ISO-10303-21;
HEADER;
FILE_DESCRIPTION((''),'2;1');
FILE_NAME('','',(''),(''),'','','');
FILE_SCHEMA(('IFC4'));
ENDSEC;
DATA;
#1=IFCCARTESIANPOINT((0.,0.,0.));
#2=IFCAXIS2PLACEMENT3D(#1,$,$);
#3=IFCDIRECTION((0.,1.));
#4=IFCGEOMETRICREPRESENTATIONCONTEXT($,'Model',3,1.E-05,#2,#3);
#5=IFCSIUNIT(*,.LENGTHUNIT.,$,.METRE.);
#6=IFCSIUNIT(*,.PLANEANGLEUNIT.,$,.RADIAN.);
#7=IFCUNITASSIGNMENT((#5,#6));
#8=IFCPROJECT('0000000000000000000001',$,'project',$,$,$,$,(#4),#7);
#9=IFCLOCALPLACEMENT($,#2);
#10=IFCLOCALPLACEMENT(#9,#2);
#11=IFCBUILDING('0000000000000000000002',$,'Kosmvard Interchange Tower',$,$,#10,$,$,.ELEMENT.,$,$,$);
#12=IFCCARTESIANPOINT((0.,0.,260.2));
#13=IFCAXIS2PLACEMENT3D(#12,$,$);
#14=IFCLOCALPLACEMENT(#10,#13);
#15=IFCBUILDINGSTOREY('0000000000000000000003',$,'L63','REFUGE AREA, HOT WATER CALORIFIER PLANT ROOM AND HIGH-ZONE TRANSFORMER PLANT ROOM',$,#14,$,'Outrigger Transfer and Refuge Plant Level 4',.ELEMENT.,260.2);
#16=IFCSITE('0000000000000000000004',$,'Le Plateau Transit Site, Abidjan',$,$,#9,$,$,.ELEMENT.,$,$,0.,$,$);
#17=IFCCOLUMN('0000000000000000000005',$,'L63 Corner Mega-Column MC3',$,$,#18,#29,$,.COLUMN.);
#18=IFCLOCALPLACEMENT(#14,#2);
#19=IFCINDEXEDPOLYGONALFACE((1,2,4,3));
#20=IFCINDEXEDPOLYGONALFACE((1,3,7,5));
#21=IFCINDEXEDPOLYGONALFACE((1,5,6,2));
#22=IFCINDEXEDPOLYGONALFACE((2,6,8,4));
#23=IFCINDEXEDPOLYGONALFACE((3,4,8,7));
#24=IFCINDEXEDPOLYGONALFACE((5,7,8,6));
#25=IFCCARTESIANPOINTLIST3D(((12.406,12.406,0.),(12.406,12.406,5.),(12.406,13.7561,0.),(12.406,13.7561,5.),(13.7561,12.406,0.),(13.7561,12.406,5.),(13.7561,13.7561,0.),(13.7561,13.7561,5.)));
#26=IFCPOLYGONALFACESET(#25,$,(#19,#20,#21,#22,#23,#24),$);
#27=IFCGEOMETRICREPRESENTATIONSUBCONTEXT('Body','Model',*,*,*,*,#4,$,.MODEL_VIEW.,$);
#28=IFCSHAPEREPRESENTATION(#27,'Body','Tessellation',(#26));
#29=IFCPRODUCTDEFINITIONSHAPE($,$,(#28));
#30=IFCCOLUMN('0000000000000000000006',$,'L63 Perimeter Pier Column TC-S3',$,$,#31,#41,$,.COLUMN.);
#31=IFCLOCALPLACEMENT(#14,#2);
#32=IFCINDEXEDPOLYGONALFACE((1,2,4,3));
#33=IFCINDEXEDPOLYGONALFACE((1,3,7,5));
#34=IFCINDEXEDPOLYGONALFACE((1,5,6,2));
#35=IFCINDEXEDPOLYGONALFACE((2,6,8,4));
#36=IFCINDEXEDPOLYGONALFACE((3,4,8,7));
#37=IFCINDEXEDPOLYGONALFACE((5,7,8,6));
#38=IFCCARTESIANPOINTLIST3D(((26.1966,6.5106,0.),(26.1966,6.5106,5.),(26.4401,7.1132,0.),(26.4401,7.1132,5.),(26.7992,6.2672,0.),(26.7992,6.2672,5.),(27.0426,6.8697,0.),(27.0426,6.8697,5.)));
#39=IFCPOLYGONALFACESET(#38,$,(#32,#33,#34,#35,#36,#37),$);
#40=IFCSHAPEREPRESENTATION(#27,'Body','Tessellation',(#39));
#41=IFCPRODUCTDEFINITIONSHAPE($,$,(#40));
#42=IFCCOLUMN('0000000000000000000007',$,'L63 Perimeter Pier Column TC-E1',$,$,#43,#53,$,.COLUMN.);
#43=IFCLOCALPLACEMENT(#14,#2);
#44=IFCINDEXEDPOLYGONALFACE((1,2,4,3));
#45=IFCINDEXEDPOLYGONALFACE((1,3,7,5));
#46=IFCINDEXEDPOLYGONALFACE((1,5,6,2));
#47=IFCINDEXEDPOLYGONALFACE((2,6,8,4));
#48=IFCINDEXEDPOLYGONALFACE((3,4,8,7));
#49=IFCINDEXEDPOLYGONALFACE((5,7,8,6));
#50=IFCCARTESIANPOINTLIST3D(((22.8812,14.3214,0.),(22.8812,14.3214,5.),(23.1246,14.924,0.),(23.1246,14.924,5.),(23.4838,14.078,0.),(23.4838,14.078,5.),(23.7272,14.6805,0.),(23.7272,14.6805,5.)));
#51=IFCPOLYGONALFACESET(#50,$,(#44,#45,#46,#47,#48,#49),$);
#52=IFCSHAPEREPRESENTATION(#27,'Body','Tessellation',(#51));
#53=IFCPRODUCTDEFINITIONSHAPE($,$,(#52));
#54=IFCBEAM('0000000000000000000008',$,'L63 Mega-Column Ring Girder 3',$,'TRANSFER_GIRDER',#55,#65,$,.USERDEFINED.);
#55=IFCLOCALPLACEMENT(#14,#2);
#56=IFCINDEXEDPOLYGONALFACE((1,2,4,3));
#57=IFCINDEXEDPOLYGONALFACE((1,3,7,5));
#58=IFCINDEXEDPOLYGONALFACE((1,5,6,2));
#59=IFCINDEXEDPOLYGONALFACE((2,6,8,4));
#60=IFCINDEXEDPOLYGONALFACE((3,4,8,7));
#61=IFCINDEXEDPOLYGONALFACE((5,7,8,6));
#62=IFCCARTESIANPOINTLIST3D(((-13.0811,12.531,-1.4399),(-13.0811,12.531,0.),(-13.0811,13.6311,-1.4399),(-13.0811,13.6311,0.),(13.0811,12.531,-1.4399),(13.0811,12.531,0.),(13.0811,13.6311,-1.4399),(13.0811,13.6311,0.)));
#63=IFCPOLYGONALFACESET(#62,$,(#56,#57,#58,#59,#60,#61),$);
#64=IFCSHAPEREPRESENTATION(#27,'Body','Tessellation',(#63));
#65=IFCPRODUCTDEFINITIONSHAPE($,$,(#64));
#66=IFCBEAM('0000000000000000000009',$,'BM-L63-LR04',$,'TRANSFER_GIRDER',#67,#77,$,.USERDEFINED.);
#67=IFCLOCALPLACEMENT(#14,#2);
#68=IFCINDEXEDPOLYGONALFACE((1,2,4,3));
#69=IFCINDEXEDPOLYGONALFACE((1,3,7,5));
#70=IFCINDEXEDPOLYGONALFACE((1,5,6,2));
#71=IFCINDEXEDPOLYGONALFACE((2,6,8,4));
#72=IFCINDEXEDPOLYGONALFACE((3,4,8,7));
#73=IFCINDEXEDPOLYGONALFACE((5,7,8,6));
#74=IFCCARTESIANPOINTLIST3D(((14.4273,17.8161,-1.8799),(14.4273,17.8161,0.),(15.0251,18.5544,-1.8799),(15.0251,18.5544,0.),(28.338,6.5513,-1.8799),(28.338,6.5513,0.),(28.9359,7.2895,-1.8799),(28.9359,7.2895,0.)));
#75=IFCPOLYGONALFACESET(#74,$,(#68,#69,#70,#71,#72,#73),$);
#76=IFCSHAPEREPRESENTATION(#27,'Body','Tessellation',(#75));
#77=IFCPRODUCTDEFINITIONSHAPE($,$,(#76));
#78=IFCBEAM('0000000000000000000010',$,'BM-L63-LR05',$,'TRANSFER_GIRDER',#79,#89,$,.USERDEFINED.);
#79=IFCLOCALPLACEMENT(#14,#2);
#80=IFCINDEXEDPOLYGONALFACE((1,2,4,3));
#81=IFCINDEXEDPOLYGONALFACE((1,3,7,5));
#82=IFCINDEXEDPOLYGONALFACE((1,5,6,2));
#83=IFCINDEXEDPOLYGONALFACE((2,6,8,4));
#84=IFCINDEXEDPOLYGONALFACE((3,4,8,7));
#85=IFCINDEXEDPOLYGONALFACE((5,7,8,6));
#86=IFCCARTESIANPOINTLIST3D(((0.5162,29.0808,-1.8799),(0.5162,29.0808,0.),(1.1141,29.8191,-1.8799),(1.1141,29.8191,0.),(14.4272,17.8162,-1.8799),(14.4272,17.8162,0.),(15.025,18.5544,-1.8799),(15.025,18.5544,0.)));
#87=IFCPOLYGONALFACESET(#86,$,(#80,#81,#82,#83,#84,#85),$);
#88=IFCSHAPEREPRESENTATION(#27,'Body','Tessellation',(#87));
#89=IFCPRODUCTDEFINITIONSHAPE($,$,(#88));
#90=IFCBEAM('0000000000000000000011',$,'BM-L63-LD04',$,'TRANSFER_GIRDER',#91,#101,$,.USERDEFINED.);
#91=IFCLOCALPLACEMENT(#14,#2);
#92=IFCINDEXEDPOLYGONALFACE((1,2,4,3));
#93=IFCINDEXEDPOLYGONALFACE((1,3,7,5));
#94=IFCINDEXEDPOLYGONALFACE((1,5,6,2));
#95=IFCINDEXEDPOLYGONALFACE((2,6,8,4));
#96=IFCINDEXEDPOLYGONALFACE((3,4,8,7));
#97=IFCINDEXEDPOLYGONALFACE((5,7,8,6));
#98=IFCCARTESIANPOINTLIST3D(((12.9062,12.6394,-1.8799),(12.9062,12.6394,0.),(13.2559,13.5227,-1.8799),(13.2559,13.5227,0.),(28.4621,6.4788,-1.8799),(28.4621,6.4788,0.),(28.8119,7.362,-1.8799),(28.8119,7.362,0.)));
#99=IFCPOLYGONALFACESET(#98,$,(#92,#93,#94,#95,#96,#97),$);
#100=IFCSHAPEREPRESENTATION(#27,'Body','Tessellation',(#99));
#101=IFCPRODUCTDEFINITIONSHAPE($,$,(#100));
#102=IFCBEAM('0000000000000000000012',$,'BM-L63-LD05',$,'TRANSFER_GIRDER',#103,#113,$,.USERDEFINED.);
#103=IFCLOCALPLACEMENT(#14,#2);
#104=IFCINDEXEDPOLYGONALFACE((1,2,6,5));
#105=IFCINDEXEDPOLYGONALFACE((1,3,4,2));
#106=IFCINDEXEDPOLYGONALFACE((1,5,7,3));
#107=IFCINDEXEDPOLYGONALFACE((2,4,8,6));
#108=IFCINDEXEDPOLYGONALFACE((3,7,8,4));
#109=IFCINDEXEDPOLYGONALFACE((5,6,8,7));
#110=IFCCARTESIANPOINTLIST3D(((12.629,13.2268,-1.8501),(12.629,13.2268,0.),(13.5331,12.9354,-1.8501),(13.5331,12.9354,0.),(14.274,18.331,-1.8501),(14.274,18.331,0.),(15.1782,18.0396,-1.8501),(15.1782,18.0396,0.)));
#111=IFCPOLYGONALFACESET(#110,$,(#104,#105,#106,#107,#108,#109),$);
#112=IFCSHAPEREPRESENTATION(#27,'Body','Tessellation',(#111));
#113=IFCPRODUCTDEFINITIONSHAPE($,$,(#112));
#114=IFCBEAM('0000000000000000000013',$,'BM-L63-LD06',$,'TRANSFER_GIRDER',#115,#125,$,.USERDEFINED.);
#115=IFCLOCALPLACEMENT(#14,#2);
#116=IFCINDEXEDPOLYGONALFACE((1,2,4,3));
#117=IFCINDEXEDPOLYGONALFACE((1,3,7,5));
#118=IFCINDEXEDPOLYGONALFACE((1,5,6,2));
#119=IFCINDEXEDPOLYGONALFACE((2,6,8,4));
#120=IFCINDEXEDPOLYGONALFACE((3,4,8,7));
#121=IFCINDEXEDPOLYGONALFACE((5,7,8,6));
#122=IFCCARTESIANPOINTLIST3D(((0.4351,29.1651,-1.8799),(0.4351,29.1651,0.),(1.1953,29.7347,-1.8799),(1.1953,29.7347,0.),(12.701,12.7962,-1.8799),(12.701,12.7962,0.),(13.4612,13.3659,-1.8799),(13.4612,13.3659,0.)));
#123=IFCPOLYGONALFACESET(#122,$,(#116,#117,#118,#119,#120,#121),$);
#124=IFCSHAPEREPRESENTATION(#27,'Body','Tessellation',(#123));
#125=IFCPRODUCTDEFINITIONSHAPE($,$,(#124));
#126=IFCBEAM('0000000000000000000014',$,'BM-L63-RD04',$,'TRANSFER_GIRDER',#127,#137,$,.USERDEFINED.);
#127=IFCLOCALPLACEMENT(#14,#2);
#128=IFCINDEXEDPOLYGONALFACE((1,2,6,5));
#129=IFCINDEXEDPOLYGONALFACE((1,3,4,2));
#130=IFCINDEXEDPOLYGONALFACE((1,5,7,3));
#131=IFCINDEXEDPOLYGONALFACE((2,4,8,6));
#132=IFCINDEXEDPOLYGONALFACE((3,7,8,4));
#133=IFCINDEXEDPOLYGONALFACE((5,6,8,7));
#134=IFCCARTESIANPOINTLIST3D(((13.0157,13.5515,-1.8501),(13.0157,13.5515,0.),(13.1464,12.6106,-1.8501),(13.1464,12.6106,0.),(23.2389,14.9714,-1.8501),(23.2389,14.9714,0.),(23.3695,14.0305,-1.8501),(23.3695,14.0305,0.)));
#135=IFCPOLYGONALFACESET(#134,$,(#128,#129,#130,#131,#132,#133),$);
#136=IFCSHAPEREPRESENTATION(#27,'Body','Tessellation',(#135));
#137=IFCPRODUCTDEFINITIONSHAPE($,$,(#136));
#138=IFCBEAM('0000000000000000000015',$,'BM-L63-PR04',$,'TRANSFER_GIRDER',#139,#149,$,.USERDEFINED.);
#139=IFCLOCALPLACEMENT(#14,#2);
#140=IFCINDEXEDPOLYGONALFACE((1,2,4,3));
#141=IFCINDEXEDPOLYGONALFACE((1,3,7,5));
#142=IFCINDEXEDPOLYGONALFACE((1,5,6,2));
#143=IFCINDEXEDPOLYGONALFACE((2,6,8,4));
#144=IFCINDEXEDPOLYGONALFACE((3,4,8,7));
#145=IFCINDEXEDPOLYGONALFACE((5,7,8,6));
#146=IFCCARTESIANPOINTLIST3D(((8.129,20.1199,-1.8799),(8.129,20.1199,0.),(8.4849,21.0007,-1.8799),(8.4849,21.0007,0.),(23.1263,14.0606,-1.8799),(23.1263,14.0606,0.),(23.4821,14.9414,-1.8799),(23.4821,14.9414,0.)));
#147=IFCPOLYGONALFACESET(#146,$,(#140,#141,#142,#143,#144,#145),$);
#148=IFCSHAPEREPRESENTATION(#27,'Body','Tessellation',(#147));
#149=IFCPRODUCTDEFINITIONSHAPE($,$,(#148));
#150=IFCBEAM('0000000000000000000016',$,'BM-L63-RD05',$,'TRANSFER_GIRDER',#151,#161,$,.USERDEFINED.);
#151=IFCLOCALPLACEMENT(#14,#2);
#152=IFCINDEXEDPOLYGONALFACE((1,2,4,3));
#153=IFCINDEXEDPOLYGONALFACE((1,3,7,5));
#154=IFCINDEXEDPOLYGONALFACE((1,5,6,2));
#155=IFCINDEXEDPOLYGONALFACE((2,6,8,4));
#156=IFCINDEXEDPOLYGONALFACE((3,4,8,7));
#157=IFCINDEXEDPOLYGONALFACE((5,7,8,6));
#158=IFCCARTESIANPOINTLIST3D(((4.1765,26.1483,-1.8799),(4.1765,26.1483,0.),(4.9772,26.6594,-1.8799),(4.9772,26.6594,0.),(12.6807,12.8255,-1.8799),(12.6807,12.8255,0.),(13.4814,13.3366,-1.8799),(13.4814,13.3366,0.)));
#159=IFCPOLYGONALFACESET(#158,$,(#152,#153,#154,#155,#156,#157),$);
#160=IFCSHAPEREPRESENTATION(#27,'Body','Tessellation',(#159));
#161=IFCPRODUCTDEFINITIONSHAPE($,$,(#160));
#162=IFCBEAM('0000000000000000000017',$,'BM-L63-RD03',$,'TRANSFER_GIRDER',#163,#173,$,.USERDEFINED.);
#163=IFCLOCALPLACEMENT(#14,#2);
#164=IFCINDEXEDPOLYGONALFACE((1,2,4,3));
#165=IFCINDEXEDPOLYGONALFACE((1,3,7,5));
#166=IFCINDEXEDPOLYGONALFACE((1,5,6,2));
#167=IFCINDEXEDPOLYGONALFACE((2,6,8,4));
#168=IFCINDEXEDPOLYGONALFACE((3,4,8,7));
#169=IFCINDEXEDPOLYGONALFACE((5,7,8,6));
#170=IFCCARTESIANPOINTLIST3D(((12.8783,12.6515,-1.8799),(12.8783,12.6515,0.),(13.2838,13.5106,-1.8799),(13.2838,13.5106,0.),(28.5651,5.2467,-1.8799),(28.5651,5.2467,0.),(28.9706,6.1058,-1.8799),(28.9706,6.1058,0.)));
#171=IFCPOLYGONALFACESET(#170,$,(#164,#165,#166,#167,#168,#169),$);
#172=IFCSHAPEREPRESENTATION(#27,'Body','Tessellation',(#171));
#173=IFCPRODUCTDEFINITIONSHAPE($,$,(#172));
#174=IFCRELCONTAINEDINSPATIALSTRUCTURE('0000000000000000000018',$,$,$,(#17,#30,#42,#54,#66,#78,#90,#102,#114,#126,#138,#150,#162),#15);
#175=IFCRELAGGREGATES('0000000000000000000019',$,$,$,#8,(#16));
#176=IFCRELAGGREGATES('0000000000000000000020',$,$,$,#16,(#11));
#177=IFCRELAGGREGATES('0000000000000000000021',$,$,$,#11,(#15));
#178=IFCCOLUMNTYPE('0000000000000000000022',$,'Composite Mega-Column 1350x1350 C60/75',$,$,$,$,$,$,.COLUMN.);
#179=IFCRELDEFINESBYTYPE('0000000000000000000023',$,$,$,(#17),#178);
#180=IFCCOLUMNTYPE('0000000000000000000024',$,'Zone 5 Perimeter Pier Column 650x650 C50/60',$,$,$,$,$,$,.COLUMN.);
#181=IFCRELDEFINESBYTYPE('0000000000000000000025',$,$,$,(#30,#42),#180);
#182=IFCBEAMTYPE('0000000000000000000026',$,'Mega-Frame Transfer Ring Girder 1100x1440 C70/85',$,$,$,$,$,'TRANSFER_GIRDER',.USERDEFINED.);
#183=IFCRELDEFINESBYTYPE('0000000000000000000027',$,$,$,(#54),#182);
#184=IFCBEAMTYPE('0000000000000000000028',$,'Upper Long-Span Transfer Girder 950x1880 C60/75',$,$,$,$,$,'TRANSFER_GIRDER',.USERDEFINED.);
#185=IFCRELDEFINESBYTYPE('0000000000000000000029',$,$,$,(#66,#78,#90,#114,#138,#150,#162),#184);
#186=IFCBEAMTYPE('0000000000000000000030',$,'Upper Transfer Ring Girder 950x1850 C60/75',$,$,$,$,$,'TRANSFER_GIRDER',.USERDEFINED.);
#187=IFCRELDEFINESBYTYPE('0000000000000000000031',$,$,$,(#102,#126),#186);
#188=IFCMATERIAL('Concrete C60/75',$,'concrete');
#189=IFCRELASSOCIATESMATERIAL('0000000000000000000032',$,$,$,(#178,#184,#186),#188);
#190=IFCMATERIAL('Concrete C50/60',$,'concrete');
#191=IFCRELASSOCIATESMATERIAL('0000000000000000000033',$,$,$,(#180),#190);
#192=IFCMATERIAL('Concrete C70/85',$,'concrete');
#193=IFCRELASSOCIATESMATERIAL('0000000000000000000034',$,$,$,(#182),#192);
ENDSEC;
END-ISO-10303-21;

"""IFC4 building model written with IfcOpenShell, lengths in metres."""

from ifc_helpers import new_model, si_unit, direction, frame, origin, origin_2d, place, context, subcontext, project, spatial, rectangle, extrude, source, transform, mapped, material, material_profile, profile_set, type_object, element, save


model = new_model("IFC4")

# Units and contexts
model_context = context("Model", 3, precision=1e-05, world=origin(), true_north=direction((0.0, 1.0)))
body_context = subcontext(model_context, "Body", "Model", "MODEL_VIEW")
ifc_project = project(units=[si_unit("LENGTHUNIT", "METRE"), si_unit("PLANEANGLEUNIT", "RADIAN")], contexts=[model_context])

# Site, building, storey
site_placement = place(None, origin())
site = spatial("IfcSite", under=ifc_project, at=site_placement, Name="Le Plateau Transit Site, Abidjan", CompositionType="ELEMENT", RefElevation=0.0)
building_placement = place(site_placement, origin())
building = spatial("IfcBuilding", under=site, at=building_placement, Name="Kosmvard Interchange Tower", CompositionType="ELEMENT")
storey_placement = place(building_placement, frame((0.0, 0.0, 260.2)))
storey = spatial("IfcBuildingStorey", under=building, at=storey_placement, Name="L63", Description="REFUGE AREA, HOT WATER CALORIFIER PLANT ROOM AND HIGH-ZONE TRANSFORMER PLANT ROOM", LongName="Outrigger Transfer and Refuge Plant Level 4", CompositionType="ELEMENT", Elevation=260.2)

# Columns
ifc_material_1 = material(Name="Concrete C60/75", Category="concrete")
ifc_material_profile_1 = material_profile(ifc_material_1, rectangle(XDim=1.3501, YDim=1.3501, at=origin_2d()), Name="MC 1350x1350")
ifc_profile_set_1 = profile_set([ifc_material_profile_1], Name="Concrete C60/75")
column_type_1 = type_object("IfcColumnType", Name="Composite Mega-Column 1350x1350 C60/75", PredefinedType="COLUMN", material=ifc_profile_set_1)
shared_shape_1 = source(origin(), body_context, "Body", "SweptSolid", [
    extrude(rectangle(XDim=1.3501, YDim=1.3501, at=origin_2d()), origin(), (0.0, 0.0, 1.0), 5.0),
])
column_placement = place(storey_placement, frame((13.0811, 13.0811, 0.0), z_axis=(0.0, 0.0, 1.0), x_axis=(1.0, 0.0, 0.0)))
element("IfcColumn", 1, at=column_placement, inside=storey, type_object=column_type_1, Name="L63 Corner Mega-Column MC3", PredefinedType="COLUMN", context=body_context, shape_type="MappedRepresentation", body=[
    mapped(shared_shape_1, transform((0.0, 0.0, 0.0), scale=1.0)),
])
ifc_material_2 = material(Name="Concrete C50/60", Category="concrete")
ifc_material_profile_2 = material_profile(ifc_material_2, rectangle(XDim=0.6499, YDim=0.6499, at=origin_2d()), Name="TC 650x650")
ifc_profile_set_2 = profile_set([ifc_material_profile_2], Name="Concrete C50/60")
column_type_2 = type_object("IfcColumnType", Name="Zone 5 Perimeter Pier Column 650x650 C50/60", PredefinedType="COLUMN", material=ifc_profile_set_2)
shared_shape_2 = source(origin(), body_context, "Body", "SweptSolid", [
    extrude(rectangle(XDim=0.6499, YDim=0.6499, at=origin_2d()), origin(), (0.0, 0.0, 1.0), 5.0),
])
for number, where, z_axis, x_axis, name in (
    (2, (26.6196, 6.6902, 0.0), (0.0, 0.0, 1.0), (0.374607, 0.927184, 0.0), "L63 Perimeter Pier Column TC-S3"),
    (3, (23.3042, 14.501, 0.0), (0.0, 0.0, 1.0), (0.374607, 0.927184, 0.0), "L63 Perimeter Pier Column TC-E1"),
):
    element("IfcColumn", number, at=place(storey_placement, frame(where, z_axis=z_axis, x_axis=x_axis)), inside=storey, type_object=column_type_2, Name=name, PredefinedType="COLUMN", context=body_context, shape_type="MappedRepresentation", body=[
        mapped(shared_shape_2, transform((0.0, 0.0, 0.0), scale=1.0)),
    ])

# Beams
ifc_material_3 = material(Name="Concrete C70/85", Category="concrete")
ifc_material_profile_3 = material_profile(ifc_material_3, rectangle(XDim=1.1001, YDim=1.4399, at=origin_2d()), Name="TG 1100x1440")
ifc_profile_set_3 = profile_set([ifc_material_profile_3], Name="Concrete C70/85")
beam_type_1 = type_object("IfcBeamType", Name="Mega-Frame Transfer Ring Girder 1100x1440 C70/85", ElementType="TRANSFER_GIRDER", PredefinedType="USERDEFINED", material=ifc_profile_set_3)
shared_shape_3 = source(origin(), body_context, "Body", "SweptSolid", [
    extrude(rectangle(XDim=1.1001, YDim=1.4399, at=origin_2d()), origin(), (0.0, 0.0, 1.0), 26.1621),
])
beam_1_placement = place(storey_placement, frame((13.0811, 13.0811, -0.72), z_axis=(-1.0, 0.0, 0.0), x_axis=(0.0, -1.0, 0.0)))
element("IfcBeam", 4, at=beam_1_placement, inside=storey, type_object=beam_type_1, Name="L63 Mega-Column Ring Girder 3", ObjectType="TRANSFER_GIRDER", PredefinedType="USERDEFINED", context=body_context, shape_type="MappedRepresentation", body=[
    mapped(shared_shape_3, transform((0.0, 0.0, 0.0), scale=1.0)),
])
ifc_material_profile_4 = material_profile(ifc_material_1, rectangle(XDim=0.95, YDim=1.8799, at=origin_2d()), Name="TG 950x1880")
ifc_profile_set_4 = profile_set([ifc_material_profile_4], Name="Concrete C60/75")
beam_type_2 = type_object("IfcBeamType", Name="Upper Long-Span Transfer Girder 950x1880 C60/75", ElementType="TRANSFER_GIRDER", PredefinedType="USERDEFINED", material=ifc_profile_set_4)
shared_shape_4 = source(origin(), body_context, "Body", "SweptSolid", [
    extrude(rectangle(XDim=0.95, YDim=1.8799, at=origin_2d()), origin(), (0.0, 0.0, 1.0), 17.8999),
])
for number, where, z_axis, x_axis, name in (
    (5, (28.637, 6.9204, -0.9399), (-0.777144, 0.629323, 0.0), (-0.629323, -0.777144, 0.0), "BM-L63-LR04"),
    (6, (14.7261, 18.1853, -0.9399), (-0.777151, 0.629315, 0.0), (-0.629315, -0.777151, 0.0), "BM-L63-LR05"),
):
    element("IfcBeam", number, at=place(storey_placement, frame(where, z_axis=z_axis, x_axis=x_axis)), inside=storey, type_object=beam_type_2, Name=name, ObjectType="TRANSFER_GIRDER", PredefinedType="USERDEFINED", context=body_context, shape_type="MappedRepresentation", body=[
        mapped(shared_shape_4, transform((0.0, 0.0, 0.0), scale=1.0)),
    ])
shared_shape_5 = source(origin(), body_context, "Body", "SweptSolid", [
    extrude(rectangle(XDim=0.95, YDim=1.8799, at=origin_2d()), origin(), (0.0, 0.0, 1.0), 16.7314),
])
beam_2_placement = place(storey_placement, frame((13.0811, 13.0811, -0.9399), z_axis=(0.929743, -0.368209, 0.0), x_axis=(0.368209, 0.929743, 0.0)))
element("IfcBeam", 7, at=beam_2_placement, inside=storey, type_object=beam_type_2, Name="BM-L63-LD04", ObjectType="TRANSFER_GIRDER", PredefinedType="USERDEFINED", context=body_context, shape_type="MappedRepresentation", body=[
    mapped(shared_shape_5, transform((0.0, 0.0, 0.0), scale=1.0)),
])
ifc_material_profile_5 = material_profile(ifc_material_1, rectangle(XDim=0.95, YDim=1.8501, at=origin_2d()), Name="TG 950x1850")
ifc_profile_set_5 = profile_set([ifc_material_profile_5], Name="Concrete C60/75")
beam_type_3 = type_object("IfcBeamType", Name="Upper Transfer Ring Girder 950x1850 C60/75", ElementType="TRANSFER_GIRDER", PredefinedType="USERDEFINED", material=ifc_profile_set_5)
shared_shape_6 = source(origin(), body_context, "Body", "SweptSolid", [
    extrude(rectangle(XDim=0.95, YDim=1.8501, at=origin_2d()), origin(), (0.0, 0.0, 1.0), 5.3628),
])
beam_3_placement = place(storey_placement, frame((13.0811, 13.0811, -0.925), z_axis=(0.306747, 0.951791, 0.0), x_axis=(-0.951791, 0.306747, 0.0)))
element("IfcBeam", 8, at=beam_3_placement, inside=storey, type_object=beam_type_3, Name="BM-L63-LD05", ObjectType="TRANSFER_GIRDER", PredefinedType="USERDEFINED", context=body_context, shape_type="MappedRepresentation", body=[
    mapped(shared_shape_6, transform((0.0, 0.0, 0.0), scale=1.0)),
])
shared_shape_7 = source(origin(), body_context, "Body", "SweptSolid", [
    extrude(rectangle(XDim=0.95, YDim=1.8799, at=origin_2d()), origin(), (0.0, 0.0, 1.0), 20.4546),
])
beam_4_placement = place(storey_placement, frame((13.0811, 13.0811, -0.9399), z_axis=(-0.599662, 0.800253, 0.0), x_axis=(-0.800253, -0.599662, 0.0)))
element("IfcBeam", 9, at=beam_4_placement, inside=storey, type_object=beam_type_2, Name="BM-L63-LD06", ObjectType="TRANSFER_GIRDER", PredefinedType="USERDEFINED", context=body_context, shape_type="MappedRepresentation", body=[
    mapped(shared_shape_7, transform((0.0, 0.0, 0.0), scale=1.0)),
])
shared_shape_8 = source(origin(), body_context, "Body", "SweptSolid", [
    extrude(rectangle(XDim=0.95, YDim=1.8501, at=origin_2d()), origin(), (0.0, 0.0, 1.0), 10.3213),
])
beam_5_placement = place(storey_placement, frame((13.0811, 13.0811, -0.925), z_axis=(0.990492, 0.137572, 0.0), x_axis=(-0.137572, 0.990492, 0.0)))
element("IfcBeam", 10, at=beam_5_placement, inside=storey, type_object=beam_type_3, Name="BM-L63-RD04", ObjectType="TRANSFER_GIRDER", PredefinedType="USERDEFINED", context=body_context, shape_type="MappedRepresentation", body=[
    mapped(shared_shape_8, transform((0.0, 0.0, 0.0), scale=1.0)),
])
shared_shape_9 = source(origin(), body_context, "Body", "SweptSolid", [
    extrude(rectangle(XDim=0.95, YDim=1.8799, at=origin_2d()), origin(), (0.0, 0.0, 1.0), 16.175),
])
beam_6_placement = place(storey_placement, frame((23.3042, 14.501, -0.9399), z_axis=(-0.927183, 0.374608, 0.0), x_axis=(-0.374608, -0.927183, 0.0)))
element("IfcBeam", 11, at=beam_6_placement, inside=storey, type_object=beam_type_2, Name="BM-L63-PR04", ObjectType="TRANSFER_GIRDER", PredefinedType="USERDEFINED", context=body_context, shape_type="MappedRepresentation", body=[
    mapped(shared_shape_9, transform((0.0, 0.0, 0.0), scale=1.0)),
])
shared_shape_10 = source(origin(), body_context, "Body", "SweptSolid", [
    extrude(rectangle(XDim=0.95, YDim=1.8799, at=origin_2d()), origin(), (0.0, 0.0, 1.0), 15.8057),
])
beam_7_placement = place(storey_placement, frame((13.0811, 13.0811, -0.9399), z_axis=(-0.538047, 0.842915, 0.0), x_axis=(-0.842915, -0.538047, 0.0)))
element("IfcBeam", 12, at=beam_7_placement, inside=storey, type_object=beam_type_2, Name="BM-L63-RD05", ObjectType="TRANSFER_GIRDER", PredefinedType="USERDEFINED", context=body_context, shape_type="MappedRepresentation", body=[
    mapped(shared_shape_10, transform((0.0, 0.0, 0.0), scale=1.0)),
])
shared_shape_11 = source(origin(), body_context, "Body", "SweptSolid", [
    extrude(rectangle(XDim=0.95, YDim=1.8799, at=origin_2d()), origin(), (0.0, 0.0, 1.0), 17.3467),
])
beam_8_placement = place(storey_placement, frame((13.0811, 13.0811, -0.9399), z_axis=(0.904312, -0.426872, 0.0), x_axis=(0.426872, 0.904312, 0.0)))
element("IfcBeam", 13, at=beam_8_placement, inside=storey, type_object=beam_type_2, Name="BM-L63-RD03", ObjectType="TRANSFER_GIRDER", PredefinedType="USERDEFINED", context=body_context, shape_type="MappedRepresentation", body=[
    mapped(shared_shape_11, transform((0.0, 0.0, 0.0), scale=1.0)),
])

save(model, "model.ifc")
